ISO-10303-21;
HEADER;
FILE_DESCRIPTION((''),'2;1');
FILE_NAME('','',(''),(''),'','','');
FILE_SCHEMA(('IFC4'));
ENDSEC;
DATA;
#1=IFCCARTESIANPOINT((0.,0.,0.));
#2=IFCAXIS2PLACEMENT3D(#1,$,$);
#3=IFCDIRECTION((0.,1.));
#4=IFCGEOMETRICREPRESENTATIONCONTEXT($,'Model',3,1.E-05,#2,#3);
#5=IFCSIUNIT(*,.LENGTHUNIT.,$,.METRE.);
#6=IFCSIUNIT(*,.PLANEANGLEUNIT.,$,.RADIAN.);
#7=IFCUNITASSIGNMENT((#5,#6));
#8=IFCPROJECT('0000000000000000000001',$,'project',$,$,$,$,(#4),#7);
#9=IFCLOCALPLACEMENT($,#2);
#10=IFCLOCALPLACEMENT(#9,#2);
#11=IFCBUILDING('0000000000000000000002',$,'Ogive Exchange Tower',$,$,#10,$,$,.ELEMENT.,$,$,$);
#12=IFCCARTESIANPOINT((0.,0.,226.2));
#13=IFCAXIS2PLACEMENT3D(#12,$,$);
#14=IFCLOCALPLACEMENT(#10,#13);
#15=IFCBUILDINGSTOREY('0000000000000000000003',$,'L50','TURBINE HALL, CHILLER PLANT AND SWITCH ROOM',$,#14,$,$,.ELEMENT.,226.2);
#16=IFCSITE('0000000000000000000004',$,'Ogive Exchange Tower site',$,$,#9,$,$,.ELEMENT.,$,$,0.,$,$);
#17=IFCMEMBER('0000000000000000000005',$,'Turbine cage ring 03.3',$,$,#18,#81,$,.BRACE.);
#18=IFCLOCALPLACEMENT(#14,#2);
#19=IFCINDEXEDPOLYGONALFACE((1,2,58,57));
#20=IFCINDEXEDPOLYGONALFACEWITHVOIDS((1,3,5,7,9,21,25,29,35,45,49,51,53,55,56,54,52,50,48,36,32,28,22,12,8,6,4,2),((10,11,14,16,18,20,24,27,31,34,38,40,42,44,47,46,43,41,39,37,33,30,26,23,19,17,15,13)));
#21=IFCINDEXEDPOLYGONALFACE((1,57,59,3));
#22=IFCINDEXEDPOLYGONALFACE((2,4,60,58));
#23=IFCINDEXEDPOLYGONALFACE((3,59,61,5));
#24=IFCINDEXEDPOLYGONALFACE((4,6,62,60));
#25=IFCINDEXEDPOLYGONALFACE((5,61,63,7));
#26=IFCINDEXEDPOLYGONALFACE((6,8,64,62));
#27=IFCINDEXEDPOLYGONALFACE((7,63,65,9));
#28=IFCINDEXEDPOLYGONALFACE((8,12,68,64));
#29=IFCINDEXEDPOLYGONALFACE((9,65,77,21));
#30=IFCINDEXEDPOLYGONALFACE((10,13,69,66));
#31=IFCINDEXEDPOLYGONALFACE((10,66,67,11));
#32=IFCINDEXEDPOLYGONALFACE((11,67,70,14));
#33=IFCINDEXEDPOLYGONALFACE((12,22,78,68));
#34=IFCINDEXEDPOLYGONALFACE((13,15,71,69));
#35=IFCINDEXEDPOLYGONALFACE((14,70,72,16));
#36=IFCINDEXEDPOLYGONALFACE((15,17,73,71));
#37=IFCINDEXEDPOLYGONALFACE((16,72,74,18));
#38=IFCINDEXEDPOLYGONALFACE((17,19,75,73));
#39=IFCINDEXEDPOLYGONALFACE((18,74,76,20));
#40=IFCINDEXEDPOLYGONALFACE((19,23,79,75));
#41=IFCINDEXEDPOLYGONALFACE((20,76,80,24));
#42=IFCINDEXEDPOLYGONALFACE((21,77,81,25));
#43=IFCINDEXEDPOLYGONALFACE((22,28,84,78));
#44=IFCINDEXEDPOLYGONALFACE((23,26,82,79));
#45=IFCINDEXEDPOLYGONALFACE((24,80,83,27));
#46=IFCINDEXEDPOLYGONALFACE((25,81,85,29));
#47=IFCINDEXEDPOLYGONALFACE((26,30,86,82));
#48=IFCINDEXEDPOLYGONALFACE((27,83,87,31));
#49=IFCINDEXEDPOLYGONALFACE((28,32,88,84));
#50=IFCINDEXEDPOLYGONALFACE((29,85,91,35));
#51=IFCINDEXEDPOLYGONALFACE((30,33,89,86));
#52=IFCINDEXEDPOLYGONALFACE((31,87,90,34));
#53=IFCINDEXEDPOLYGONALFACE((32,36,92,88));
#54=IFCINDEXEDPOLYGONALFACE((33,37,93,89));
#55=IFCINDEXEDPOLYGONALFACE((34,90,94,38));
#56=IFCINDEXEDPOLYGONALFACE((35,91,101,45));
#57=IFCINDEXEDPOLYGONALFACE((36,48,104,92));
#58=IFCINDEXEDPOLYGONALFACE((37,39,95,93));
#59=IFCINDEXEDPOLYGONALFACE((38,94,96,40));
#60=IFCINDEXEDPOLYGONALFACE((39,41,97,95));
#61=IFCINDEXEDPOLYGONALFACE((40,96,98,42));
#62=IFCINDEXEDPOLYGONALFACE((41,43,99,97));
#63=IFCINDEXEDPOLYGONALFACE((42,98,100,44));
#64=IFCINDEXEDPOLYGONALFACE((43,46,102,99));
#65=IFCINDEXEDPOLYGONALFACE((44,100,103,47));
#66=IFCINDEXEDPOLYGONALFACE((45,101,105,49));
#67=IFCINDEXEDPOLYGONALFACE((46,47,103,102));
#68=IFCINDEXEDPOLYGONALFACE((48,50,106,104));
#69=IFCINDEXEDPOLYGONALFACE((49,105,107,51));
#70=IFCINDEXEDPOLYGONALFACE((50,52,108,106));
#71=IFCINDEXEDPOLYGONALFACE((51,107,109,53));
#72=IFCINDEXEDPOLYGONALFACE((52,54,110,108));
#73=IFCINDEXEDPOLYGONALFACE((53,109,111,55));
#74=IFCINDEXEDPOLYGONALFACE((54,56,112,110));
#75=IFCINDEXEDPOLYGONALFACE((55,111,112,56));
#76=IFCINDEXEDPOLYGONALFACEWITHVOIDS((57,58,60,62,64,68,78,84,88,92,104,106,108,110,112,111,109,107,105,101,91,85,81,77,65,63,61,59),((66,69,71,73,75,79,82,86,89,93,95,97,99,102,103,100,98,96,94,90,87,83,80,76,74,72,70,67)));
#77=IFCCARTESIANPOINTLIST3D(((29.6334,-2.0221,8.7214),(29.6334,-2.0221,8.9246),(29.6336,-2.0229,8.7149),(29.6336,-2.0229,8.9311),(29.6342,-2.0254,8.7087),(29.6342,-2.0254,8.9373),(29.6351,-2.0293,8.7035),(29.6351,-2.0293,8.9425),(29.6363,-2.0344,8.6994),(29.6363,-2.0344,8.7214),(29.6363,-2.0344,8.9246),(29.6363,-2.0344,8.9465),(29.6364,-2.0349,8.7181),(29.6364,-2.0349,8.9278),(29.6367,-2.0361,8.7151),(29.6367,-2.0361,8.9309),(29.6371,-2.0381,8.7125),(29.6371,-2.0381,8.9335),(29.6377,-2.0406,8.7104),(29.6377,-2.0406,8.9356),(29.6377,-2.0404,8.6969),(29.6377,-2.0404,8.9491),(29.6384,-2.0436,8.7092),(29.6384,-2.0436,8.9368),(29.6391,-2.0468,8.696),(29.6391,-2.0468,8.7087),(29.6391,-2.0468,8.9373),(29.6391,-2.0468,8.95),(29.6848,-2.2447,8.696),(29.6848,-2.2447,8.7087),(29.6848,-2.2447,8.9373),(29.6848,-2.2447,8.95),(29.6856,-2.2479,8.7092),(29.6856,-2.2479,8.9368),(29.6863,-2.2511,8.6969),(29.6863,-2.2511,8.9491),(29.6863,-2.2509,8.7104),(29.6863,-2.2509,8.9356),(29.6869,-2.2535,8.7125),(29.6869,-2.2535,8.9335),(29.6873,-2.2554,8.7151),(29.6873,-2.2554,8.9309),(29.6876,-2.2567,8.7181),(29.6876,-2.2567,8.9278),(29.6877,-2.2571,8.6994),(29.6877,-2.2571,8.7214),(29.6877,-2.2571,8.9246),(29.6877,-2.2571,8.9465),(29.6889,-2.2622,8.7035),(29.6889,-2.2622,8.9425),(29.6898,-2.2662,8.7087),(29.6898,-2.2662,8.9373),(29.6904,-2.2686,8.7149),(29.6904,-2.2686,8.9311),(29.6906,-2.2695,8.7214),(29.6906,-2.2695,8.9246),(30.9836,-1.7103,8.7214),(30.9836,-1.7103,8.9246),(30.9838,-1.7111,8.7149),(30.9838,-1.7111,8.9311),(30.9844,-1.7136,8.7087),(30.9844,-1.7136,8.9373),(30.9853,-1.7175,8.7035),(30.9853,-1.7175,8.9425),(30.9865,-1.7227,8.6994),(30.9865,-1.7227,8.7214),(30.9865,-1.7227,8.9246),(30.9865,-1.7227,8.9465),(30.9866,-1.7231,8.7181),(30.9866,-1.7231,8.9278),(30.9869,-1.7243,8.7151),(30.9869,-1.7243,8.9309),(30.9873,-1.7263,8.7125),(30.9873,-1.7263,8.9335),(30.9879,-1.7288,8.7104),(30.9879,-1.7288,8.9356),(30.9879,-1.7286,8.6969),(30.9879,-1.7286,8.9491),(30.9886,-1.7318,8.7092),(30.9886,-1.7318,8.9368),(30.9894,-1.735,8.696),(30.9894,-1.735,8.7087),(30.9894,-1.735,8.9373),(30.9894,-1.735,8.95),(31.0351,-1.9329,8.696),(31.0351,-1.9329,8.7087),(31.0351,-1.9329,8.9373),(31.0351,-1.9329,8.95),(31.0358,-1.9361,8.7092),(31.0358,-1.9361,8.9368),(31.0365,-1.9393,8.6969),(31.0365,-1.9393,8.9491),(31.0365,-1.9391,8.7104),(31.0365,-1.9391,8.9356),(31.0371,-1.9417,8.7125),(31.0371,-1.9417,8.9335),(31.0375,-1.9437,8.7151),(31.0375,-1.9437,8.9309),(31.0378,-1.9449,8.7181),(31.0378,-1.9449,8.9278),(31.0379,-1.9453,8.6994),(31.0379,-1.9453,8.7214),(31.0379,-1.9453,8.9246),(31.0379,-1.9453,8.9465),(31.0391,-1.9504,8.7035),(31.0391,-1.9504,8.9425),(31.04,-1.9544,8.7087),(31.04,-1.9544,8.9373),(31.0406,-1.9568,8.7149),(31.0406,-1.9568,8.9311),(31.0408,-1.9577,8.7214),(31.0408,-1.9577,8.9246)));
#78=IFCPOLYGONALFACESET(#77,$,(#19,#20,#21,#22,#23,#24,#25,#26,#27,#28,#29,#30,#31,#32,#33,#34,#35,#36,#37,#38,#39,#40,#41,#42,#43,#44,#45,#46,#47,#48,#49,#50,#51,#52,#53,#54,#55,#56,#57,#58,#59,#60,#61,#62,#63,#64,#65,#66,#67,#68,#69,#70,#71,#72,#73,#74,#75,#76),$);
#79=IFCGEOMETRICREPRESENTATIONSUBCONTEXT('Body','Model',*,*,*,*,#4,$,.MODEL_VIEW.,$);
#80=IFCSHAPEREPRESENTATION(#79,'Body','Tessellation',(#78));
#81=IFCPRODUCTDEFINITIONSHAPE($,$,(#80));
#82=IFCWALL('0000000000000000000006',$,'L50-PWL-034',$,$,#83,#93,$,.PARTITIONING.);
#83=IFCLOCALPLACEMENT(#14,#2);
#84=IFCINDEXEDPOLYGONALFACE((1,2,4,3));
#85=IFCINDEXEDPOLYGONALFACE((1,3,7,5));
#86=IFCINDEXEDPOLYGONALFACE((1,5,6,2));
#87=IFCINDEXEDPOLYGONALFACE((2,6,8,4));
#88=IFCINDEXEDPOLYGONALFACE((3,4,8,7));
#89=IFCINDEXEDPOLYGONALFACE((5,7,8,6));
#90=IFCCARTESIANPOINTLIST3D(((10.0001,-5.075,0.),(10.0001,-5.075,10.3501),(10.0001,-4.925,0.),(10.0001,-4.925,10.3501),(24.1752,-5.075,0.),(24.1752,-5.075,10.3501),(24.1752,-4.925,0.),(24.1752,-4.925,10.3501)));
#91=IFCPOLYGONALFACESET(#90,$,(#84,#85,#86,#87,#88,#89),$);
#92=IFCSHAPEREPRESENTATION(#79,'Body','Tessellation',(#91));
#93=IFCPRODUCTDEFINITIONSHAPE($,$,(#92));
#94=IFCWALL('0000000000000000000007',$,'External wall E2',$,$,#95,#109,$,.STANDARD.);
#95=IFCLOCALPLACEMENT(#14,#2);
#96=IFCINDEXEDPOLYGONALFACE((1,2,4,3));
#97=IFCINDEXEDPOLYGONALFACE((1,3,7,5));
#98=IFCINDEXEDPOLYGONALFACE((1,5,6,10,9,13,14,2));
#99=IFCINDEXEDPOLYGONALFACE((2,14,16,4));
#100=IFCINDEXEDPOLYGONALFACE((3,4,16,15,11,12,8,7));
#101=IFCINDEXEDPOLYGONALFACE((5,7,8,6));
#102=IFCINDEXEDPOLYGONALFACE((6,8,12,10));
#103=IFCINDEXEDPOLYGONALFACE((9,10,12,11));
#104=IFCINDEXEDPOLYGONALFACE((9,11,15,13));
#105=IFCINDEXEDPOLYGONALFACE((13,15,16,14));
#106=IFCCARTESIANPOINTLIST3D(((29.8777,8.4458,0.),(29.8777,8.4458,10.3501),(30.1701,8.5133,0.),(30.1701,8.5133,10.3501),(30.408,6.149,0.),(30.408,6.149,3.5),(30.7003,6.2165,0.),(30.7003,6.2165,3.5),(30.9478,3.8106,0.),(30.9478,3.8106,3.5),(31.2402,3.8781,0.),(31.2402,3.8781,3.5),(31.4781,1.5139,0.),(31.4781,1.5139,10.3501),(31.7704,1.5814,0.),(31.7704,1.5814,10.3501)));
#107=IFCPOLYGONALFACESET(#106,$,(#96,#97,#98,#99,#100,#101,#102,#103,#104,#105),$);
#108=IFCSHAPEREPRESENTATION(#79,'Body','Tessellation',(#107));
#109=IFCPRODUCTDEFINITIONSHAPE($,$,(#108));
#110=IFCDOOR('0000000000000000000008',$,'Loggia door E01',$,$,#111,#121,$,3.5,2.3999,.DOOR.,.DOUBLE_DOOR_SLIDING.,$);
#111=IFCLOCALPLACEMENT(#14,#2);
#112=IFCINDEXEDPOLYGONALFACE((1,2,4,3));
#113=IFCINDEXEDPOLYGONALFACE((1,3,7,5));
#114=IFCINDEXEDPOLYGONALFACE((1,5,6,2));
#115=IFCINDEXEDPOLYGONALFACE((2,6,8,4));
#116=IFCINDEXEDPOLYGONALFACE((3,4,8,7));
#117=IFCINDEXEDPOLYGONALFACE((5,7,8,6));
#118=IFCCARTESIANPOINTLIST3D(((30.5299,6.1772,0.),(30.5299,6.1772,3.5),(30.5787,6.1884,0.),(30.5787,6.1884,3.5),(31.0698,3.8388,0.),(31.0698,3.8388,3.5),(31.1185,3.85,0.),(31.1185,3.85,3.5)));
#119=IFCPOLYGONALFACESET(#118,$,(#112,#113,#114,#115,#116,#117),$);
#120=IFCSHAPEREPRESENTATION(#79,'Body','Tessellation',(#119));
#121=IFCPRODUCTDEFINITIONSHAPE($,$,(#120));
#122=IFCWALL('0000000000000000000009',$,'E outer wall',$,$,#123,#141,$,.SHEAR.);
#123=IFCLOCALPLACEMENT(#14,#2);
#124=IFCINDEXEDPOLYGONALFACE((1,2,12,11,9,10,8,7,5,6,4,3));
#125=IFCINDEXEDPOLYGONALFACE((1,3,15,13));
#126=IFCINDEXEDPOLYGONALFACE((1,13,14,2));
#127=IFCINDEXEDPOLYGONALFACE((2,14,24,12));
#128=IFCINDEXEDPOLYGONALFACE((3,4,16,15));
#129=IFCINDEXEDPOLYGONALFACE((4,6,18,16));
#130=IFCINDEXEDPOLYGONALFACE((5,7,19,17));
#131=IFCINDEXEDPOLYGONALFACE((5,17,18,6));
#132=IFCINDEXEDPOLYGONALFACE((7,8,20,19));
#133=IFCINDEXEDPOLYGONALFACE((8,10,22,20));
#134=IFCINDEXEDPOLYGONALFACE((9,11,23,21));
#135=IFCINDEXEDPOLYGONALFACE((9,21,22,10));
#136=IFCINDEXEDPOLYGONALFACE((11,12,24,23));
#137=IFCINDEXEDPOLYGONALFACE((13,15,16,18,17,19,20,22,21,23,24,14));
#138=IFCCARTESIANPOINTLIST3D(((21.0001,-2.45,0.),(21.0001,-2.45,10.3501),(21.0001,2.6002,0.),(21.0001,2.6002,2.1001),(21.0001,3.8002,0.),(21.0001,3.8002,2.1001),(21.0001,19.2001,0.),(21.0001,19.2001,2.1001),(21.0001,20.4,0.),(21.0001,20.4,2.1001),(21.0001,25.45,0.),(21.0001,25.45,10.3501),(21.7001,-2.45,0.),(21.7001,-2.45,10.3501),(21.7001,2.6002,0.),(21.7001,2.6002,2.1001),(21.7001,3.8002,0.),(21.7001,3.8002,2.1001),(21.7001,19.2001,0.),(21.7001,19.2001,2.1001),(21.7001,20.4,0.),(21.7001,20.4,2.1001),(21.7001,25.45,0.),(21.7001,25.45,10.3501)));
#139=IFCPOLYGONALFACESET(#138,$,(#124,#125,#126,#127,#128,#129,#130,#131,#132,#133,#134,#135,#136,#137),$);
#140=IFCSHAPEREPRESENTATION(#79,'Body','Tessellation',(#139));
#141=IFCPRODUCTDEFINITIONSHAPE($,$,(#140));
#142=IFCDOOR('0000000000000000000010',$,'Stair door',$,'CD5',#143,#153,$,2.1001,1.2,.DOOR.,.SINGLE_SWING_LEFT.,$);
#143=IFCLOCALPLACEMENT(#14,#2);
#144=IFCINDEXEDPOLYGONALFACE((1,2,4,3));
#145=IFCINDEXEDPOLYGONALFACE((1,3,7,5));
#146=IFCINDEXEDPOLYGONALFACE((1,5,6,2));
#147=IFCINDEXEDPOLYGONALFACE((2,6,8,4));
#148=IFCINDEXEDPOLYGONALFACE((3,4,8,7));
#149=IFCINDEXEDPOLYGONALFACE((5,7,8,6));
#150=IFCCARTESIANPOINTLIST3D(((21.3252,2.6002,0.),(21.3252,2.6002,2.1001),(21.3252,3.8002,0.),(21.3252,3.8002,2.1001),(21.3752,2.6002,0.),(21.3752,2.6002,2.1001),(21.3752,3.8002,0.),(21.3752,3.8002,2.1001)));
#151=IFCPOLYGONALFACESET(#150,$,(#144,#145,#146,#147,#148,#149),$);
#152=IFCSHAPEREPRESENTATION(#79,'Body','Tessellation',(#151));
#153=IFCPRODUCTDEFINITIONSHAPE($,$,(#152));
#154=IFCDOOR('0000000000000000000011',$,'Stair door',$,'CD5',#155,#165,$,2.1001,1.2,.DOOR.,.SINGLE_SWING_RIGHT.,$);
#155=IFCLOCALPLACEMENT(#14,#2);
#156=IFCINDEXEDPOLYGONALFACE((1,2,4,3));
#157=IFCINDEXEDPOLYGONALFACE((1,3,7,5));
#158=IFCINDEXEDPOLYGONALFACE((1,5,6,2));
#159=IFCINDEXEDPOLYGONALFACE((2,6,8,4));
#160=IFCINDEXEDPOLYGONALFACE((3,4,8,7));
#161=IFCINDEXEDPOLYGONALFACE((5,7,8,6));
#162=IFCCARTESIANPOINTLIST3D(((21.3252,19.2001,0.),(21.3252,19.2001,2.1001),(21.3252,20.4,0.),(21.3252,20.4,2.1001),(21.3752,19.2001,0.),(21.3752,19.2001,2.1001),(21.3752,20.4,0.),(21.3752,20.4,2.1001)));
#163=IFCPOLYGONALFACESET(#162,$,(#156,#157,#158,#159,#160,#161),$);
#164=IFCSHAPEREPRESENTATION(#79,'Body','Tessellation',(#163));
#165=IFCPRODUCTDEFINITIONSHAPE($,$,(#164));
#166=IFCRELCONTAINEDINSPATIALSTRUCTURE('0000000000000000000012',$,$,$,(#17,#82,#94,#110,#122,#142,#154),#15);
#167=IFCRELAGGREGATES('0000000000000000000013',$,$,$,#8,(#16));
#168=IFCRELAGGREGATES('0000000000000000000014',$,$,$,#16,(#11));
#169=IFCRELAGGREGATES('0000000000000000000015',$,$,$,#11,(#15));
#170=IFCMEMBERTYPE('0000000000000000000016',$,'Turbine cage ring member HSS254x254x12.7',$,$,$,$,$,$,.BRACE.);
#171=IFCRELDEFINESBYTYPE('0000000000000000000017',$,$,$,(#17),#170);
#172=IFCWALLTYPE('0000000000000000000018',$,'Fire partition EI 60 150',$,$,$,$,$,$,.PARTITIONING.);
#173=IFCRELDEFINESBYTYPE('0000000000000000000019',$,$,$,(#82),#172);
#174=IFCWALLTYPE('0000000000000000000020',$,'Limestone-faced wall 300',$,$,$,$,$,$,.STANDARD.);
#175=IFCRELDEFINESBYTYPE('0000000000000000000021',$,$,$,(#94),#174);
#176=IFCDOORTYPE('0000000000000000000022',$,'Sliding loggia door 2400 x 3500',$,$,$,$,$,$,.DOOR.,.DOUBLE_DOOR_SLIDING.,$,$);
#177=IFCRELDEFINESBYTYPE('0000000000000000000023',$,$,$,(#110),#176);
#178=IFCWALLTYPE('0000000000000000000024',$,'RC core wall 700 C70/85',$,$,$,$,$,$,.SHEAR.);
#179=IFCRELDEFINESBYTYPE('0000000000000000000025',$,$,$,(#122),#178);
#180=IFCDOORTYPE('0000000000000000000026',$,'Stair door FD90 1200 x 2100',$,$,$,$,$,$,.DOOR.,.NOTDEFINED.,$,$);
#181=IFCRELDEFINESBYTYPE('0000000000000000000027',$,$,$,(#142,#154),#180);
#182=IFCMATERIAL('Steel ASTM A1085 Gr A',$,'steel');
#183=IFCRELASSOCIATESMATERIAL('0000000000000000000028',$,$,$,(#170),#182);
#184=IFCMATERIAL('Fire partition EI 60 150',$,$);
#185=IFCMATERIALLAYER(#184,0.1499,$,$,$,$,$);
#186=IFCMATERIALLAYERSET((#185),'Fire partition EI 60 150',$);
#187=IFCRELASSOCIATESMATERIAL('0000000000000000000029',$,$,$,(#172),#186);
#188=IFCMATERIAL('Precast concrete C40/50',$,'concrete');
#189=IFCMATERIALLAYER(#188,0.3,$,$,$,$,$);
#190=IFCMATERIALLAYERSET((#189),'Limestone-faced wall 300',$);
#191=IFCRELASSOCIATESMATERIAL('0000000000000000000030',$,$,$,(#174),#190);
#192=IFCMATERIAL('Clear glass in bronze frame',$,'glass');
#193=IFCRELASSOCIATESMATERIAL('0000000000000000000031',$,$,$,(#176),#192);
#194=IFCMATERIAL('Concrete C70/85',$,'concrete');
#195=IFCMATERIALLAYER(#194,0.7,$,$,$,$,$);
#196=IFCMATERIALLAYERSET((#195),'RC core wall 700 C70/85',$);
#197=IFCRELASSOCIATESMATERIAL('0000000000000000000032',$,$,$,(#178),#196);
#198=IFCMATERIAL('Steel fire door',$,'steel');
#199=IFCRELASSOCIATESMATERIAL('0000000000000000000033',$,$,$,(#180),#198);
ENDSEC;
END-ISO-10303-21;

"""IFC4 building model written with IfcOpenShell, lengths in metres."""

from ifc_helpers import new_model, si_unit, direction, frame, frame_2d, origin, origin_2d, place, context, subcontext, project, spatial, rectangle, hollow_rectangle, extrude, material, layer, layer_set, material_profile, profile_set, type_object, element, fill, save


model = new_model("IFC4")

# Units and contexts
model_context = context("Model", 3, precision=1e-05, world=origin(), true_north=direction((0.0, 1.0)))
body_context = subcontext(model_context, "Body", "Model", "MODEL_VIEW")
ifc_project = project(units=[si_unit("LENGTHUNIT", "METRE"), si_unit("PLANEANGLEUNIT", "RADIAN")], contexts=[model_context])

# Site, building, storey
site_placement = place(None, origin())
site = spatial("IfcSite", under=ifc_project, at=site_placement, Name="Ogive Exchange Tower site", CompositionType="ELEMENT", RefElevation=0.0)
building_placement = place(site_placement, origin())
building = spatial("IfcBuilding", under=site, at=building_placement, Name="Ogive Exchange Tower", CompositionType="ELEMENT")
storey_placement = place(building_placement, frame((0.0, 0.0, 226.2)))
storey = spatial("IfcBuildingStorey", under=building, at=storey_placement, Name="L50", Description="TURBINE HALL, CHILLER PLANT AND SWITCH ROOM", CompositionType="ELEMENT", Elevation=226.2)

# Shared definitions
ifc_material_1 = material(Name="Steel ASTM A1085 Gr A", Category="steel")

# Member
ifc_material_profile_1 = material_profile(ifc_material_1, hollow_rectangle(XDim=0.2539, YDim=0.2539, WallThickness=0.0127, InnerFilletRadius=0.0127, OuterFilletRadius=0.0254, at=origin_2d()), Name="HSS254x254x12.7")
ifc_profile_set_1 = profile_set([ifc_material_profile_1], Name="Steel ASTM A1085 Gr A")
member_type_1 = type_object("IfcMemberType", Name="Turbine cage ring member HSS254x254x12.7", PredefinedType="BRACE", material=ifc_profile_set_1)
for number, where, z_axis, x_axis, name in (
    (1, (31.0122, -1.834, 8.823), (-0.974359, -0.225001, 0.0), (0.225001, -0.974359, 0.0), "Turbine cage ring 03.3"),
):
    element("IfcMember", number, at=place(storey_placement, frame(where, z_axis=z_axis, x_axis=x_axis)), inside=storey, type_object=member_type_1, Name=name, PredefinedType="BRACE", context=body_context, shape_type="SweptSolid", body=[
        extrude(hollow_rectangle(XDim=0.2539, YDim=0.2539, WallThickness=0.0127, InnerFilletRadius=0.0127, OuterFilletRadius=0.0254, at=origin_2d()), origin(), (0.0, 0.0, 1.0), 1.3857),
    ])

# Wall
ifc_material_2 = material(Name="Fire partition EI 60 150")
ifc_layer_1 = layer(ifc_material_2, 0.1499)
ifc_layer_set_1 = layer_set([ifc_layer_1], Name="Fire partition EI 60 150")
wall_type_1 = type_object("IfcWallType", Name="Fire partition EI 60 150", PredefinedType="PARTITIONING", material=ifc_layer_set_1)
wall_1_placement = place(storey_placement, frame((24.175, -5.0, 0.0), z_axis=(0.0, 0.0, 1.0), x_axis=(-1.0, 0.0, 0.0)))
element("IfcWall", 2, at=wall_1_placement, inside=storey, type_object=wall_type_1, Name="L50-PWL-034", PredefinedType="PARTITIONING", context=body_context, shape_type="SweptSolid", body=[
    extrude(rectangle(XDim=14.175, YDim=0.1499, at=frame_2d((7.0874, 0.0))), origin(), (0.0, 0.0, 1.0), 10.3501),
])

# Wall, opening, door
ifc_material_3 = material(Name="Precast concrete C40/50", Category="concrete")
ifc_layer_2 = layer(ifc_material_3, 0.3)
ifc_layer_set_2 = layer_set([ifc_layer_2], Name="Limestone-faced wall 300")
wall_type_2 = type_object("IfcWallType", Name="Limestone-faced wall 300", PredefinedType="STANDARD", material=ifc_layer_set_2)
wall_2_placement = place(storey_placement, frame((31.6243, 1.5476, 0.0), z_axis=(0.0, 0.0, 1.0), x_axis=(-0.22495, 0.97437, 0.0)))
wall_2 = element("IfcWall", 3, at=wall_2_placement, inside=storey, type_object=wall_type_2, Name="External wall E2", PredefinedType="STANDARD", context=body_context, shape_type="SweptSolid", body=[
    extrude(rectangle(XDim=7.1143, YDim=0.3, at=frame_2d((3.5571, 0.0))), origin(), (0.0, 0.0, 1.0), 10.3501),
])
opening_1_placement = place(wall_2_placement, frame((2.3572, 0.0, 0.0)))
opening_1 = element("IfcOpeningElement", 4, at=opening_1_placement, cuts=wall_2, PredefinedType="OPENING", context=body_context, shape_type="SweptSolid", body=[
    extrude(rectangle(XDim=2.3999, YDim=3.5, at=frame_2d((1.2, 1.75))), frame((0.0, 0.1599, 0.0), z_axis=(0.0, -1.0, 0.0), x_axis=(1.0, 0.0, 0.0)), (0.0, 0.0, 1.0), 0.3201),
])
ifc_material_4 = material(Name="Clear glass in bronze frame", Category="glass")
door_type_1 = type_object("IfcDoorType", Name="Sliding loggia door 2400 x 3500", OperationType="DOUBLE_DOOR_SLIDING", PredefinedType="DOOR", material=ifc_material_4)
door_1_placement = place(opening_1_placement, origin())
door_1 = element("IfcDoor", 5, at=door_1_placement, inside=storey, type_object=door_type_1, Name="Loggia door E01", OperationType="DOUBLE_DOOR_SLIDING", OverallHeight=3.5, OverallWidth=2.3999, PredefinedType="DOOR", context=body_context, shape_type="SweptSolid", body=[
    extrude(rectangle(XDim=2.3999, YDim=3.5, at=frame_2d((1.2, 1.75))), frame((0.0, 0.0249, 0.0), z_axis=(0.0, -1.0, 0.0), x_axis=(1.0, 0.0, 0.0)), (0.0, 0.0, 1.0), 0.05),
])
fill(opening_1, door_1)

# Wall, openings, doors
ifc_material_5 = material(Name="Concrete C70/85", Category="concrete")
ifc_layer_3 = layer(ifc_material_5, 0.7)
ifc_layer_set_3 = layer_set([ifc_layer_3], Name="RC core wall 700 C70/85")
wall_type_3 = type_object("IfcWallType", Name="RC core wall 700 C70/85", PredefinedType="SHEAR", material=ifc_layer_set_3)
wall_3_placement = place(storey_placement, frame((21.3501, -2.45, 0.0), z_axis=(0.0, 0.0, 1.0), x_axis=(0.0, 1.0, 0.0)))
wall_3 = element("IfcWall", 6, at=wall_3_placement, inside=storey, type_object=wall_type_3, Name="E outer wall", PredefinedType="SHEAR", context=body_context, shape_type="SweptSolid", body=[
    extrude(rectangle(XDim=27.8999, YDim=0.7, at=frame_2d((13.95, 0.0))), origin(), (0.0, 0.0, 1.0), 10.3501),
])
opening_2_placement = place(wall_3_placement, frame((5.05, 0.0, 0.0)))
opening_2 = element("IfcOpeningElement", 7, at=opening_2_placement, cuts=wall_3, PredefinedType="OPENING", context=body_context, shape_type="SweptSolid", body=[
    extrude(rectangle(XDim=1.2, YDim=2.1001, at=frame_2d((0.6001, 1.05))), frame((0.0, 0.3599, 0.0), z_axis=(0.0, -1.0, 0.0), x_axis=(1.0, 0.0, 0.0)), (0.0, 0.0, 1.0), 0.72),
])
opening_3_placement = place(wall_3_placement, frame((21.6499, 0.0, 0.0)))
opening_3 = element("IfcOpeningElement", 8, at=opening_3_placement, cuts=wall_3, PredefinedType="OPENING", context=body_context, shape_type="SweptSolid", body=[
    extrude(rectangle(XDim=1.2, YDim=2.1001, at=frame_2d((0.6001, 1.05))), frame((0.0, 0.3599, 0.0), z_axis=(0.0, -1.0, 0.0), x_axis=(1.0, 0.0, 0.0)), (0.0, 0.0, 1.0), 0.72),
])
ifc_material_6 = material(Name="Steel fire door", Category="steel")
door_type_2 = type_object("IfcDoorType", Name="Stair door FD90 1200 x 2100", OperationType="NOTDEFINED", PredefinedType="DOOR", material=ifc_material_6)
door_2_placement = place(opening_2_placement, origin())
door_2 = element("IfcDoor", 9, at=door_2_placement, inside=storey, type_object=door_type_2, Name="Stair door", ObjectType="CD5", OperationType="SINGLE_SWING_LEFT", OverallHeight=2.1001, OverallWidth=1.2, PredefinedType="DOOR", context=body_context, shape_type="SweptSolid", body=[
    extrude(rectangle(XDim=1.2, YDim=2.1001, at=frame_2d((0.6001, 1.05))), frame((0.0, 0.0249, 0.0), z_axis=(0.0, -1.0, 0.0), x_axis=(1.0, 0.0, 0.0)), (0.0, 0.0, 1.0), 0.05),
])
fill(opening_2, door_2)
door_3_placement = place(opening_3_placement, origin())
door_3 = element("IfcDoor", 10, at=door_3_placement, inside=storey, type_object=door_type_2, Name="Stair door", ObjectType="CD5", OperationType="SINGLE_SWING_RIGHT", OverallHeight=2.1001, OverallWidth=1.2, PredefinedType="DOOR", context=body_context, shape_type="SweptSolid", body=[
    extrude(rectangle(XDim=1.2, YDim=2.1001, at=frame_2d((0.6001, 1.05))), frame((0.0, 0.0249, 0.0), z_axis=(0.0, -1.0, 0.0), x_axis=(1.0, 0.0, 0.0)), (0.0, 0.0, 1.0), 0.05),
])
fill(opening_3, door_3)

save(model, "model.ifc")
